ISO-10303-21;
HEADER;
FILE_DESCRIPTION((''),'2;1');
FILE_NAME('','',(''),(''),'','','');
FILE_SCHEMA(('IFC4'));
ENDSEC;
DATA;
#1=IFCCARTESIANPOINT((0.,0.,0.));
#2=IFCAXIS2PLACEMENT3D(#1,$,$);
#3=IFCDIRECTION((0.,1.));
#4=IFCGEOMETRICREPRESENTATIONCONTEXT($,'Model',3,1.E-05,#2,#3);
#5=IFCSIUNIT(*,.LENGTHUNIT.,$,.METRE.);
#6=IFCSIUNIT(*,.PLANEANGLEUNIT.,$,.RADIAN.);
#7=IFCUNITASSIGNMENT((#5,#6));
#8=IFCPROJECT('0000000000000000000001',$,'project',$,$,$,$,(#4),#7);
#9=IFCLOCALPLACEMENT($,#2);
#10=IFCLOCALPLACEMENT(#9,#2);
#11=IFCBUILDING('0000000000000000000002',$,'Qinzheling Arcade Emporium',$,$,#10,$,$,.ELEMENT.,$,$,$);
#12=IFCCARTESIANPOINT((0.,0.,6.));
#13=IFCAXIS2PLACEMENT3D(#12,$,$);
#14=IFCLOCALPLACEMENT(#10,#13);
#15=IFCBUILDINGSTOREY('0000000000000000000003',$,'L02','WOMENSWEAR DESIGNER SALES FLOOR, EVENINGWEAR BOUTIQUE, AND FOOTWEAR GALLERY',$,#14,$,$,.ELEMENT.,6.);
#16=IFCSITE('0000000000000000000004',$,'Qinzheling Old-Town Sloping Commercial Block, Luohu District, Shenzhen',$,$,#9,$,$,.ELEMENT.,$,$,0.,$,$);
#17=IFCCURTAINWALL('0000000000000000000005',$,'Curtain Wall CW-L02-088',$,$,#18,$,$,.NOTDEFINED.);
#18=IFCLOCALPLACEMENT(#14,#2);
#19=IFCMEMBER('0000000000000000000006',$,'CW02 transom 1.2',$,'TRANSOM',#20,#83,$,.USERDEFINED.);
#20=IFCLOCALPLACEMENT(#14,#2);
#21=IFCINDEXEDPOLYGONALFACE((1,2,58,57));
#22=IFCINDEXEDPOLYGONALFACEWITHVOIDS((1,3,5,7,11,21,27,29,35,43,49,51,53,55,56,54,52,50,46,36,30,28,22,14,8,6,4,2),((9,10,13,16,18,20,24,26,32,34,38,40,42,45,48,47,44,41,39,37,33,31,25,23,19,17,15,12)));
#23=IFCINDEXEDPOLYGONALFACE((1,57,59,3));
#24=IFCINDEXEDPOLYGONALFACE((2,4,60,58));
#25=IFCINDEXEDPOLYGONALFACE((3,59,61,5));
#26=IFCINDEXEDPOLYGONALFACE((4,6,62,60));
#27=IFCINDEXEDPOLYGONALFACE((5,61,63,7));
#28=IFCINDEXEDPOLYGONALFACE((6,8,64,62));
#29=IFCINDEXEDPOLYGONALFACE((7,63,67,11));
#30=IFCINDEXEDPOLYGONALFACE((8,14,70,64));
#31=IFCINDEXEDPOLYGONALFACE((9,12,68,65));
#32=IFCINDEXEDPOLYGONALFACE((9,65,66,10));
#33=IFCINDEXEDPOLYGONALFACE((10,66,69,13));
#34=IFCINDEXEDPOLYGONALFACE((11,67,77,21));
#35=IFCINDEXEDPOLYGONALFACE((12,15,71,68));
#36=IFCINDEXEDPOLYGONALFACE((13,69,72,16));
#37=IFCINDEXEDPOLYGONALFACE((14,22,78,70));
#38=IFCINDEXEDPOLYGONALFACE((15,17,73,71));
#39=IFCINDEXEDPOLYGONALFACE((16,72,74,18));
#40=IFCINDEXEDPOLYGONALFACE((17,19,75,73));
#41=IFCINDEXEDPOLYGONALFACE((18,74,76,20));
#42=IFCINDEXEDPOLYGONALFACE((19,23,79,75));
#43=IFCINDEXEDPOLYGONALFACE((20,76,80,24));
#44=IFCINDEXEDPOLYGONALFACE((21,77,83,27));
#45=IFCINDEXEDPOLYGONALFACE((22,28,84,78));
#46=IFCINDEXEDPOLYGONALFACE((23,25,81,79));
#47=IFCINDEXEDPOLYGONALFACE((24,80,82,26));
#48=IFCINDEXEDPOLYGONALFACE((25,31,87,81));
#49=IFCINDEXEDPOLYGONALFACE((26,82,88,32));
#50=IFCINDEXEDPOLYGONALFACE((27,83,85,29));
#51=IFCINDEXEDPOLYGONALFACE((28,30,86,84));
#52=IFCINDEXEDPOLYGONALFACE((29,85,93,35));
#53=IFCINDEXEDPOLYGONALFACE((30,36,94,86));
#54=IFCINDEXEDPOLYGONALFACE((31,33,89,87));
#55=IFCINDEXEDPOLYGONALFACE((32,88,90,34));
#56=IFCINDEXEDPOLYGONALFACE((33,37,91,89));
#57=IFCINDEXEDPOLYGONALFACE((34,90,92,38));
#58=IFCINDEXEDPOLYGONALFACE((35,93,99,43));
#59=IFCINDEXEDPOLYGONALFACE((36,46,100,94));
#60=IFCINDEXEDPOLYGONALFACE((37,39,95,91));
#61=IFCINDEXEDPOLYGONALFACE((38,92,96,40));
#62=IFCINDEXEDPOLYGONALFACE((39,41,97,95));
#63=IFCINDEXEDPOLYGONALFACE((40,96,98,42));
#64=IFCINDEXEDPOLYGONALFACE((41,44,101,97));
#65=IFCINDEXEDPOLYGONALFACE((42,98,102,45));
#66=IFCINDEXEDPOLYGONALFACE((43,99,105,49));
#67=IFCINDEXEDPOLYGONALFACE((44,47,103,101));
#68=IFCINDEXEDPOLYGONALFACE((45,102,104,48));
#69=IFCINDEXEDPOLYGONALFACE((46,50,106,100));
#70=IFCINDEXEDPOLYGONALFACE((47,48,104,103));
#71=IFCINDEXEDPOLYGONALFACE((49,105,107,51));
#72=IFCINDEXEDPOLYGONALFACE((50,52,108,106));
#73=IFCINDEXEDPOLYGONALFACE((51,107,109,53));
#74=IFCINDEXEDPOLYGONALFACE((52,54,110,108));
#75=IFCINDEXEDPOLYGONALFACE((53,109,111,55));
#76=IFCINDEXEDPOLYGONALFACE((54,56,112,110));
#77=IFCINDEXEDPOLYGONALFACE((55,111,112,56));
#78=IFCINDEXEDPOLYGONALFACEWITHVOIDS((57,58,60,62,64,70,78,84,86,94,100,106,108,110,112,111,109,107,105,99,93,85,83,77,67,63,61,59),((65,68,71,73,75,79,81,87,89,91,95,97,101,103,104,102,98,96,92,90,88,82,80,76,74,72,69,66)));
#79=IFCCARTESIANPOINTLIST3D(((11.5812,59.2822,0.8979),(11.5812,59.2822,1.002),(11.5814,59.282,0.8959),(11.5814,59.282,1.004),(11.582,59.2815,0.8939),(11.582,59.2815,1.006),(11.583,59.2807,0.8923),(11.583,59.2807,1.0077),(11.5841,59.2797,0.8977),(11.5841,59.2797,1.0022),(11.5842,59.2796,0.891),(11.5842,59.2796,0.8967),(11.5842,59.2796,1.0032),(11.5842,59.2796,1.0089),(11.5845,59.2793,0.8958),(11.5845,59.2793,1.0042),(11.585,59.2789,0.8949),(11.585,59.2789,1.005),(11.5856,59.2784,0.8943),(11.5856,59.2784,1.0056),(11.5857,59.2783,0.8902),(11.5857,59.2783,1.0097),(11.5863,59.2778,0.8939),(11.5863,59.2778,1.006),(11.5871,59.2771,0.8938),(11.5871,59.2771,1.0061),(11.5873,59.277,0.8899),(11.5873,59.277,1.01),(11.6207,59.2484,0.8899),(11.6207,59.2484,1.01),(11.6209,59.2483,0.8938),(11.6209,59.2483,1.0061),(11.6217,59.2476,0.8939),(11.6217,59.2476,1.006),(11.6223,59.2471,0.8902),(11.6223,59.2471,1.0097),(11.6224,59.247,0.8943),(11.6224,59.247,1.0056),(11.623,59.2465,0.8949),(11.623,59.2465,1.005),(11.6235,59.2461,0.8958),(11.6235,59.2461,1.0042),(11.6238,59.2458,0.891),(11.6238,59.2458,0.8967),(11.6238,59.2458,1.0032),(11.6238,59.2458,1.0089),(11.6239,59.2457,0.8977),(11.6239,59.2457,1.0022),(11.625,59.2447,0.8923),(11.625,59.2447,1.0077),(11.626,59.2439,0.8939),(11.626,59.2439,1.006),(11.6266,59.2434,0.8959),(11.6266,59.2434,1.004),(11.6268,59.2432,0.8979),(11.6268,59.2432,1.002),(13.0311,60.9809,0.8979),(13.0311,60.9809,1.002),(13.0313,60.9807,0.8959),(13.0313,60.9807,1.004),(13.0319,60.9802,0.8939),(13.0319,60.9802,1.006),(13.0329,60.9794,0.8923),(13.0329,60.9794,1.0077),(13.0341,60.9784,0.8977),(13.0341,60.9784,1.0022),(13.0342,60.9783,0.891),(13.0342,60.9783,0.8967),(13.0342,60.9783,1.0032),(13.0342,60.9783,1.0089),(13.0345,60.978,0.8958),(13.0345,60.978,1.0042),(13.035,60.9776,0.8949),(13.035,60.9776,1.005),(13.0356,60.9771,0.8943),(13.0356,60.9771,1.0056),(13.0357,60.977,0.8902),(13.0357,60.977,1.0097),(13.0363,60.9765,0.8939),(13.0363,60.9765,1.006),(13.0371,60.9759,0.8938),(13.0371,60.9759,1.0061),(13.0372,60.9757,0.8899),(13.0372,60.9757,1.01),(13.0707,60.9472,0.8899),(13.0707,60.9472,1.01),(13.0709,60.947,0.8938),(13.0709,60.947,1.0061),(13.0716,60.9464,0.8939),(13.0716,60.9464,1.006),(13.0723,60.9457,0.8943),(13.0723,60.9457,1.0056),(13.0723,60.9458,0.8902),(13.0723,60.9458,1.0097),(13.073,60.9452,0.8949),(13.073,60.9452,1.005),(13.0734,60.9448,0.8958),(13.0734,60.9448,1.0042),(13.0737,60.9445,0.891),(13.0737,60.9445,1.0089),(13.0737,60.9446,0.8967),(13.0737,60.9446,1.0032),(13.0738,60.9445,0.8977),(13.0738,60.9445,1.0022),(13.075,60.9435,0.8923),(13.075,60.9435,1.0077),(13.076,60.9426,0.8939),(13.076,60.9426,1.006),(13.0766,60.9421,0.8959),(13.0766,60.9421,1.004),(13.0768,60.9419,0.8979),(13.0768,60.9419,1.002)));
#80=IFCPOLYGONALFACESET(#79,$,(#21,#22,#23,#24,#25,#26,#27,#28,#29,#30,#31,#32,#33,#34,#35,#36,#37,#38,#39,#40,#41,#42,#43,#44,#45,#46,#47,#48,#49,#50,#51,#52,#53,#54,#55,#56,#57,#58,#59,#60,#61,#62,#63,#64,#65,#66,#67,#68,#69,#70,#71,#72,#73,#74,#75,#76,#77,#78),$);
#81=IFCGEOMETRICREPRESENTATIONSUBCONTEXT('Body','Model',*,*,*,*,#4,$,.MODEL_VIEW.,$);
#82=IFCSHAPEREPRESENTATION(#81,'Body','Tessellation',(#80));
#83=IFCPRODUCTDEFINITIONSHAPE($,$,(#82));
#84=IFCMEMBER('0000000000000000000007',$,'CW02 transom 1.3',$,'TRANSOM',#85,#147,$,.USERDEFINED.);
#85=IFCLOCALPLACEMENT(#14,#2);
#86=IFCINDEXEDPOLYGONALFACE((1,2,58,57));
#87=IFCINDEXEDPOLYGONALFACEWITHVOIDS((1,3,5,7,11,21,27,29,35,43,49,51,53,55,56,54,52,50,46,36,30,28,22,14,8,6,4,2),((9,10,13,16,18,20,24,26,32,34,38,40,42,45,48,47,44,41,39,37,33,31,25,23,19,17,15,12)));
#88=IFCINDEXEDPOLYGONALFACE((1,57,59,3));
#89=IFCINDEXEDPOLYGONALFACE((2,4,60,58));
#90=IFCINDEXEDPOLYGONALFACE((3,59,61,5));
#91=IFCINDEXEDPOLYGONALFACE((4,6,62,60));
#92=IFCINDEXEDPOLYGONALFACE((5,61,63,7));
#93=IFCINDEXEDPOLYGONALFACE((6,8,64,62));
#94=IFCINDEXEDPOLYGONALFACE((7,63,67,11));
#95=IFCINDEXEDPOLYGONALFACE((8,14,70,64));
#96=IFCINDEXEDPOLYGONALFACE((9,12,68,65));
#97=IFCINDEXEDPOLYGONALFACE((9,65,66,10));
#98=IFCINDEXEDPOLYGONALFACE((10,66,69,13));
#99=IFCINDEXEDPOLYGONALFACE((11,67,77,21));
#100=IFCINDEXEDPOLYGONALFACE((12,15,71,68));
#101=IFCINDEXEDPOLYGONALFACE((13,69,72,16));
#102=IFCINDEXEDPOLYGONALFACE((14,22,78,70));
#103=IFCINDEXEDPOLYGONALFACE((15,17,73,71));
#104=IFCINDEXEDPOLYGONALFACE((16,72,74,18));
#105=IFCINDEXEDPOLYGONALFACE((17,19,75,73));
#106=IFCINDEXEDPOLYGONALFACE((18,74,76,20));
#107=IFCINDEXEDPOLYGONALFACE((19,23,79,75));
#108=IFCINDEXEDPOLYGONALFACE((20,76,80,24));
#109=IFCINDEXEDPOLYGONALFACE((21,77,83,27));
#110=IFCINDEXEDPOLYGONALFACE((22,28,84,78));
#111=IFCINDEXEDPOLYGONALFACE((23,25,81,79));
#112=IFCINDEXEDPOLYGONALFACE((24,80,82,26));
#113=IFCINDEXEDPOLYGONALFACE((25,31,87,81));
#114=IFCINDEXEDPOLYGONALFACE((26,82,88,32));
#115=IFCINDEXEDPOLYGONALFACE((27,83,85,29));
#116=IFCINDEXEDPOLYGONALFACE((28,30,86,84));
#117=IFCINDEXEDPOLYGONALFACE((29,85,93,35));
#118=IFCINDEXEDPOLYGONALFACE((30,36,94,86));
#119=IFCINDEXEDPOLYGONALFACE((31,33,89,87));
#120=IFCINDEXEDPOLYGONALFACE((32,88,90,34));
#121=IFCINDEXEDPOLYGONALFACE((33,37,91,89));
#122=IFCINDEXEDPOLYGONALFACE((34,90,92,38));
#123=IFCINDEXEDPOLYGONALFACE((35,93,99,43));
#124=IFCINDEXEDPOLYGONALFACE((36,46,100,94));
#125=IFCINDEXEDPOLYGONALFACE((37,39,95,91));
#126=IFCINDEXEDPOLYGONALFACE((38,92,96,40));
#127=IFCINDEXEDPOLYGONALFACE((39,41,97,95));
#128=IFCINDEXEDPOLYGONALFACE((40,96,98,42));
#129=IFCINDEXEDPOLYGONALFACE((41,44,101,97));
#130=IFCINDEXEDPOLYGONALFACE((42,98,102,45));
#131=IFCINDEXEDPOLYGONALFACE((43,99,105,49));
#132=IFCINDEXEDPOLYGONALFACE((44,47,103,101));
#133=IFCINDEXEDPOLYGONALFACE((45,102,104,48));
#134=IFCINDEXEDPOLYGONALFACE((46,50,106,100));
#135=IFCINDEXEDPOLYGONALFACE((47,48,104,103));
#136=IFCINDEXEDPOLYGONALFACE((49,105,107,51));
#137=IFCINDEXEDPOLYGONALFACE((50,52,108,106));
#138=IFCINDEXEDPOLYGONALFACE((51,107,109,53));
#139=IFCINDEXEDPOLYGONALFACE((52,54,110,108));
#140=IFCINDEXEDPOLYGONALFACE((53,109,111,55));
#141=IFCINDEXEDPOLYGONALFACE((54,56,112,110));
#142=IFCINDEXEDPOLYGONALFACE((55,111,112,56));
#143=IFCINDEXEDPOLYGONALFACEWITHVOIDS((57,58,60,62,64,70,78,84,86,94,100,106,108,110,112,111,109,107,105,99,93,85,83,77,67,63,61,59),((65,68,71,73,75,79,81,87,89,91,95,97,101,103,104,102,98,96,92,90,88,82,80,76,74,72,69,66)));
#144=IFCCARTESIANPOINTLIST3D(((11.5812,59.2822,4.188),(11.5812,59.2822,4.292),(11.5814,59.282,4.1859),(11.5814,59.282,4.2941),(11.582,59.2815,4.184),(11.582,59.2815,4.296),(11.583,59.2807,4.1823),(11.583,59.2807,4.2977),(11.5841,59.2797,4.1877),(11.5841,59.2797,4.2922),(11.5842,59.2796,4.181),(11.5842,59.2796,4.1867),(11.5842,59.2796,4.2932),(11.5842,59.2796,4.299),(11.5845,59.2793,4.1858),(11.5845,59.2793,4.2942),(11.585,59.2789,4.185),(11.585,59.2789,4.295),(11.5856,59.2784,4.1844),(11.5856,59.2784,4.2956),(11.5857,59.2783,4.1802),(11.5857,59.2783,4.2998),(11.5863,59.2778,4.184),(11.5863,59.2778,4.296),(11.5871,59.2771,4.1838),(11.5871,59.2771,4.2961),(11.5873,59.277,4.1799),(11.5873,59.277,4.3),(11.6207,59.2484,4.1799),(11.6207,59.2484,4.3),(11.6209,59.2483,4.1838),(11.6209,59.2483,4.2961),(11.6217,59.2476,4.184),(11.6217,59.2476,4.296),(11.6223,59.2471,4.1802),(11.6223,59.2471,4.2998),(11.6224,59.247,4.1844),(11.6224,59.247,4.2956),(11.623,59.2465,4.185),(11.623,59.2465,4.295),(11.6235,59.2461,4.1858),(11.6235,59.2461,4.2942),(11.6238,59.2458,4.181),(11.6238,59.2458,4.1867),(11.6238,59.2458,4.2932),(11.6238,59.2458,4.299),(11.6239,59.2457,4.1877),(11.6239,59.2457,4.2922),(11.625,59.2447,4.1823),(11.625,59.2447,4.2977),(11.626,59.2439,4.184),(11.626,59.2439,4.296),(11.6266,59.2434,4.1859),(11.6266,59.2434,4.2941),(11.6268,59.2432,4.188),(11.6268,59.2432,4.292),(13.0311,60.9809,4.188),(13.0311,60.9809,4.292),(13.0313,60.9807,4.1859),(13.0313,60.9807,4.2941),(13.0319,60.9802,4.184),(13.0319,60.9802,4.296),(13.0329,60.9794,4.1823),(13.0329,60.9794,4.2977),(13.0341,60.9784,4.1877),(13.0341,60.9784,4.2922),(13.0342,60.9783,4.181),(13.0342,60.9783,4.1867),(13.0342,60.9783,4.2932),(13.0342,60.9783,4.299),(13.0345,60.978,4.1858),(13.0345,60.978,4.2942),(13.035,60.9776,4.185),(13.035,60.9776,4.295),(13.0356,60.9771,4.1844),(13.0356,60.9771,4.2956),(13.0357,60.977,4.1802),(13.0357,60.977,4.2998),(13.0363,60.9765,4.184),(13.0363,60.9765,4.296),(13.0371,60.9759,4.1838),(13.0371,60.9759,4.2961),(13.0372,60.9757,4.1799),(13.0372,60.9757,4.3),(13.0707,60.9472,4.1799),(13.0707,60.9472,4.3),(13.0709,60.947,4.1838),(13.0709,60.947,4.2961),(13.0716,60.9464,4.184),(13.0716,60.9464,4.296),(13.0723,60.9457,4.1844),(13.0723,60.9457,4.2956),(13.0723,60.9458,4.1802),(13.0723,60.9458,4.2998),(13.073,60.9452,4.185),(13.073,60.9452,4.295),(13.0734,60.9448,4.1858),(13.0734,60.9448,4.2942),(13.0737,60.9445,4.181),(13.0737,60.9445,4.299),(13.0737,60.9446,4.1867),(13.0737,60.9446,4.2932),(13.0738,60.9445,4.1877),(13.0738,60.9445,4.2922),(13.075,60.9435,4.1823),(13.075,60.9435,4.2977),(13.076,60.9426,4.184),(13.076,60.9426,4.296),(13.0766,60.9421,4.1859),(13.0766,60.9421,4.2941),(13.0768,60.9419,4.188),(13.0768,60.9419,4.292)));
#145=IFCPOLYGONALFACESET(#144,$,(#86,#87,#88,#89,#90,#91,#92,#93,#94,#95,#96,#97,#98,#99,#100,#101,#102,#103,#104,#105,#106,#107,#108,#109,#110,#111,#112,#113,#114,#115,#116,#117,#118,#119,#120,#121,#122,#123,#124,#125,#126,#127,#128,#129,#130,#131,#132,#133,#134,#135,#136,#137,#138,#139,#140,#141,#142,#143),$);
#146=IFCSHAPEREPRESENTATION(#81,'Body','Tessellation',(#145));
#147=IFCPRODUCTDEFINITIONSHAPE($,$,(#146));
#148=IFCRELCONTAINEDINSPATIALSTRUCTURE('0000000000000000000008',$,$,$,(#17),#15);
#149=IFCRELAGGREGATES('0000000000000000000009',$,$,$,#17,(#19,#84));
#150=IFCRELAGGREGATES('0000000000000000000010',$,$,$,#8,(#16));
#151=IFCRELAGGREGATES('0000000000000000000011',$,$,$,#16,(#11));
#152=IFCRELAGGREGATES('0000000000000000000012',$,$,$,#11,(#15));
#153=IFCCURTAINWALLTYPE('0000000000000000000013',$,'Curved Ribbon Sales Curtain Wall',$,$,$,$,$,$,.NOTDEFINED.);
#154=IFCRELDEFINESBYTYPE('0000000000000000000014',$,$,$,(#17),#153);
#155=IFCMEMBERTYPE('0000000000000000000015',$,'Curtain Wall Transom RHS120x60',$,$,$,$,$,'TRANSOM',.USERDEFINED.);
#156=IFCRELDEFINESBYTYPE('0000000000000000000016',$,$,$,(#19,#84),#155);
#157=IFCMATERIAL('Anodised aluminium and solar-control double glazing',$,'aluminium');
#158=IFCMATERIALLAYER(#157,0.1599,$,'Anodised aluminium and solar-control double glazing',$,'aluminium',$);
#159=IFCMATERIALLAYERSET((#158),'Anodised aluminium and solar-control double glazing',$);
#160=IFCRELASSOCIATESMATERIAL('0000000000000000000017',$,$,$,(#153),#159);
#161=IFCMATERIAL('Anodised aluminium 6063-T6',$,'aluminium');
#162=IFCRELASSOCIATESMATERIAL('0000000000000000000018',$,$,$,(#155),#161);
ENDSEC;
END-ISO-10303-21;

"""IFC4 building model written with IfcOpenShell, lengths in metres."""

from ifc_helpers import new_model, si_unit, direction, frame, origin, origin_2d, place, context, subcontext, project, spatial, hollow_rectangle, extrude, material, layer, layer_set, material_profile, profile_set, type_object, element, aggregate, save


model = new_model("IFC4")

# Units and contexts
model_context = context("Model", 3, precision=1e-05, world=origin(), true_north=direction((0.0, 1.0)))
body_context = subcontext(model_context, "Body", "Model", "MODEL_VIEW")
ifc_project = project(units=[si_unit("LENGTHUNIT", "METRE"), si_unit("PLANEANGLEUNIT", "RADIAN")], contexts=[model_context])

# Site, building, storey
site_placement = place(None, origin())
site = spatial("IfcSite", under=ifc_project, at=site_placement, Name="Qinzheling Old-Town Sloping Commercial Block, Luohu District, Shenzhen", CompositionType="ELEMENT", RefElevation=0.0)
building_placement = place(site_placement, origin())
building = spatial("IfcBuilding", under=site, at=building_placement, Name="Qinzheling Arcade Emporium", CompositionType="ELEMENT")
storey_placement = place(building_placement, frame((0.0, 0.0, 6.0)))
storey = spatial("IfcBuildingStorey", under=building, at=storey_placement, Name="L02", Description="WOMENSWEAR DESIGNER SALES FLOOR, EVENINGWEAR BOUTIQUE, AND FOOTWEAR GALLERY", CompositionType="ELEMENT", Elevation=6.0)

# Shared definitions
ifc_material_1 = material(Name="Anodised aluminium and solar-control double glazing", Category="aluminium")
ifc_layer_1 = layer(ifc_material_1, 0.1599, Name="Anodised aluminium and solar-control double glazing", Category="aluminium")
ifc_layer_set_1 = layer_set([ifc_layer_1], Name="Anodised aluminium and solar-control double glazing")
curtain_wall_type = type_object("IfcCurtainWallType", Name="Curved Ribbon Sales Curtain Wall", PredefinedType="NOTDEFINED", material=ifc_layer_set_1)
ifc_material_2 = material(Name="Anodised aluminium 6063-T6", Category="aluminium")

# Curtain wall
curtain_wall_1_placement = place(storey_placement, origin())
curtain_wall_1 = element("IfcCurtainWall", 1, at=curtain_wall_1_placement, inside=storey, type_object=curtain_wall_type, Name="Curtain Wall CW-L02-088", PredefinedType="NOTDEFINED")

# Members
ifc_material_profile_1 = material_profile(ifc_material_2, hollow_rectangle(XDim=0.0601, YDim=0.1201, WallThickness=0.0039, InnerFilletRadius=0.0039, OuterFilletRadius=0.0081, at=origin_2d()), Name="RHS 120x60x4", Category="aluminium")
ifc_profile_set_1 = profile_set([ifc_material_profile_1], Name="Anodised aluminium 6063-T6")
member_type_1 = type_object("IfcMemberType", Name="Curtain Wall Transom RHS120x60", ElementType="TRANSOM", PredefinedType="USERDEFINED", material=ifc_profile_set_1)
member_1_placement = place(storey_placement, frame((11.604, 59.2627, 0.95), z_axis=(0.649215, 0.760605, 0.0), x_axis=(-0.760605, 0.649215, 0.0)))
member_1 = element("IfcMember", 2, at=member_1_placement, type_object=member_type_1, Name="CW02 transom 1.2", ObjectType="TRANSOM", PredefinedType="USERDEFINED", context=body_context, shape_type="SweptSolid", body=[
    extrude(hollow_rectangle(XDim=0.0601, YDim=0.1201, WallThickness=0.0039, InnerFilletRadius=0.0039, OuterFilletRadius=0.0081, at=origin_2d()), origin(), (0.0, 0.0, 1.0), 2.2334),
])
member_2_placement = place(storey_placement, frame((11.604, 59.2627, 4.24), z_axis=(0.649215, 0.760605, 0.0), x_axis=(-0.760605, 0.649215, 0.0)))
member_2 = element("IfcMember", 3, at=member_2_placement, type_object=member_type_1, Name="CW02 transom 1.3", ObjectType="TRANSOM", PredefinedType="USERDEFINED", context=body_context, shape_type="SweptSolid", body=[
    extrude(hollow_rectangle(XDim=0.0601, YDim=0.1201, WallThickness=0.0039, InnerFilletRadius=0.0039, OuterFilletRadius=0.0081, at=origin_2d()), origin(), (0.0, 0.0, 1.0), 2.2334),
])

aggregate(curtain_wall_1, [member_1, member_2])

save(model, "model.ifc")
